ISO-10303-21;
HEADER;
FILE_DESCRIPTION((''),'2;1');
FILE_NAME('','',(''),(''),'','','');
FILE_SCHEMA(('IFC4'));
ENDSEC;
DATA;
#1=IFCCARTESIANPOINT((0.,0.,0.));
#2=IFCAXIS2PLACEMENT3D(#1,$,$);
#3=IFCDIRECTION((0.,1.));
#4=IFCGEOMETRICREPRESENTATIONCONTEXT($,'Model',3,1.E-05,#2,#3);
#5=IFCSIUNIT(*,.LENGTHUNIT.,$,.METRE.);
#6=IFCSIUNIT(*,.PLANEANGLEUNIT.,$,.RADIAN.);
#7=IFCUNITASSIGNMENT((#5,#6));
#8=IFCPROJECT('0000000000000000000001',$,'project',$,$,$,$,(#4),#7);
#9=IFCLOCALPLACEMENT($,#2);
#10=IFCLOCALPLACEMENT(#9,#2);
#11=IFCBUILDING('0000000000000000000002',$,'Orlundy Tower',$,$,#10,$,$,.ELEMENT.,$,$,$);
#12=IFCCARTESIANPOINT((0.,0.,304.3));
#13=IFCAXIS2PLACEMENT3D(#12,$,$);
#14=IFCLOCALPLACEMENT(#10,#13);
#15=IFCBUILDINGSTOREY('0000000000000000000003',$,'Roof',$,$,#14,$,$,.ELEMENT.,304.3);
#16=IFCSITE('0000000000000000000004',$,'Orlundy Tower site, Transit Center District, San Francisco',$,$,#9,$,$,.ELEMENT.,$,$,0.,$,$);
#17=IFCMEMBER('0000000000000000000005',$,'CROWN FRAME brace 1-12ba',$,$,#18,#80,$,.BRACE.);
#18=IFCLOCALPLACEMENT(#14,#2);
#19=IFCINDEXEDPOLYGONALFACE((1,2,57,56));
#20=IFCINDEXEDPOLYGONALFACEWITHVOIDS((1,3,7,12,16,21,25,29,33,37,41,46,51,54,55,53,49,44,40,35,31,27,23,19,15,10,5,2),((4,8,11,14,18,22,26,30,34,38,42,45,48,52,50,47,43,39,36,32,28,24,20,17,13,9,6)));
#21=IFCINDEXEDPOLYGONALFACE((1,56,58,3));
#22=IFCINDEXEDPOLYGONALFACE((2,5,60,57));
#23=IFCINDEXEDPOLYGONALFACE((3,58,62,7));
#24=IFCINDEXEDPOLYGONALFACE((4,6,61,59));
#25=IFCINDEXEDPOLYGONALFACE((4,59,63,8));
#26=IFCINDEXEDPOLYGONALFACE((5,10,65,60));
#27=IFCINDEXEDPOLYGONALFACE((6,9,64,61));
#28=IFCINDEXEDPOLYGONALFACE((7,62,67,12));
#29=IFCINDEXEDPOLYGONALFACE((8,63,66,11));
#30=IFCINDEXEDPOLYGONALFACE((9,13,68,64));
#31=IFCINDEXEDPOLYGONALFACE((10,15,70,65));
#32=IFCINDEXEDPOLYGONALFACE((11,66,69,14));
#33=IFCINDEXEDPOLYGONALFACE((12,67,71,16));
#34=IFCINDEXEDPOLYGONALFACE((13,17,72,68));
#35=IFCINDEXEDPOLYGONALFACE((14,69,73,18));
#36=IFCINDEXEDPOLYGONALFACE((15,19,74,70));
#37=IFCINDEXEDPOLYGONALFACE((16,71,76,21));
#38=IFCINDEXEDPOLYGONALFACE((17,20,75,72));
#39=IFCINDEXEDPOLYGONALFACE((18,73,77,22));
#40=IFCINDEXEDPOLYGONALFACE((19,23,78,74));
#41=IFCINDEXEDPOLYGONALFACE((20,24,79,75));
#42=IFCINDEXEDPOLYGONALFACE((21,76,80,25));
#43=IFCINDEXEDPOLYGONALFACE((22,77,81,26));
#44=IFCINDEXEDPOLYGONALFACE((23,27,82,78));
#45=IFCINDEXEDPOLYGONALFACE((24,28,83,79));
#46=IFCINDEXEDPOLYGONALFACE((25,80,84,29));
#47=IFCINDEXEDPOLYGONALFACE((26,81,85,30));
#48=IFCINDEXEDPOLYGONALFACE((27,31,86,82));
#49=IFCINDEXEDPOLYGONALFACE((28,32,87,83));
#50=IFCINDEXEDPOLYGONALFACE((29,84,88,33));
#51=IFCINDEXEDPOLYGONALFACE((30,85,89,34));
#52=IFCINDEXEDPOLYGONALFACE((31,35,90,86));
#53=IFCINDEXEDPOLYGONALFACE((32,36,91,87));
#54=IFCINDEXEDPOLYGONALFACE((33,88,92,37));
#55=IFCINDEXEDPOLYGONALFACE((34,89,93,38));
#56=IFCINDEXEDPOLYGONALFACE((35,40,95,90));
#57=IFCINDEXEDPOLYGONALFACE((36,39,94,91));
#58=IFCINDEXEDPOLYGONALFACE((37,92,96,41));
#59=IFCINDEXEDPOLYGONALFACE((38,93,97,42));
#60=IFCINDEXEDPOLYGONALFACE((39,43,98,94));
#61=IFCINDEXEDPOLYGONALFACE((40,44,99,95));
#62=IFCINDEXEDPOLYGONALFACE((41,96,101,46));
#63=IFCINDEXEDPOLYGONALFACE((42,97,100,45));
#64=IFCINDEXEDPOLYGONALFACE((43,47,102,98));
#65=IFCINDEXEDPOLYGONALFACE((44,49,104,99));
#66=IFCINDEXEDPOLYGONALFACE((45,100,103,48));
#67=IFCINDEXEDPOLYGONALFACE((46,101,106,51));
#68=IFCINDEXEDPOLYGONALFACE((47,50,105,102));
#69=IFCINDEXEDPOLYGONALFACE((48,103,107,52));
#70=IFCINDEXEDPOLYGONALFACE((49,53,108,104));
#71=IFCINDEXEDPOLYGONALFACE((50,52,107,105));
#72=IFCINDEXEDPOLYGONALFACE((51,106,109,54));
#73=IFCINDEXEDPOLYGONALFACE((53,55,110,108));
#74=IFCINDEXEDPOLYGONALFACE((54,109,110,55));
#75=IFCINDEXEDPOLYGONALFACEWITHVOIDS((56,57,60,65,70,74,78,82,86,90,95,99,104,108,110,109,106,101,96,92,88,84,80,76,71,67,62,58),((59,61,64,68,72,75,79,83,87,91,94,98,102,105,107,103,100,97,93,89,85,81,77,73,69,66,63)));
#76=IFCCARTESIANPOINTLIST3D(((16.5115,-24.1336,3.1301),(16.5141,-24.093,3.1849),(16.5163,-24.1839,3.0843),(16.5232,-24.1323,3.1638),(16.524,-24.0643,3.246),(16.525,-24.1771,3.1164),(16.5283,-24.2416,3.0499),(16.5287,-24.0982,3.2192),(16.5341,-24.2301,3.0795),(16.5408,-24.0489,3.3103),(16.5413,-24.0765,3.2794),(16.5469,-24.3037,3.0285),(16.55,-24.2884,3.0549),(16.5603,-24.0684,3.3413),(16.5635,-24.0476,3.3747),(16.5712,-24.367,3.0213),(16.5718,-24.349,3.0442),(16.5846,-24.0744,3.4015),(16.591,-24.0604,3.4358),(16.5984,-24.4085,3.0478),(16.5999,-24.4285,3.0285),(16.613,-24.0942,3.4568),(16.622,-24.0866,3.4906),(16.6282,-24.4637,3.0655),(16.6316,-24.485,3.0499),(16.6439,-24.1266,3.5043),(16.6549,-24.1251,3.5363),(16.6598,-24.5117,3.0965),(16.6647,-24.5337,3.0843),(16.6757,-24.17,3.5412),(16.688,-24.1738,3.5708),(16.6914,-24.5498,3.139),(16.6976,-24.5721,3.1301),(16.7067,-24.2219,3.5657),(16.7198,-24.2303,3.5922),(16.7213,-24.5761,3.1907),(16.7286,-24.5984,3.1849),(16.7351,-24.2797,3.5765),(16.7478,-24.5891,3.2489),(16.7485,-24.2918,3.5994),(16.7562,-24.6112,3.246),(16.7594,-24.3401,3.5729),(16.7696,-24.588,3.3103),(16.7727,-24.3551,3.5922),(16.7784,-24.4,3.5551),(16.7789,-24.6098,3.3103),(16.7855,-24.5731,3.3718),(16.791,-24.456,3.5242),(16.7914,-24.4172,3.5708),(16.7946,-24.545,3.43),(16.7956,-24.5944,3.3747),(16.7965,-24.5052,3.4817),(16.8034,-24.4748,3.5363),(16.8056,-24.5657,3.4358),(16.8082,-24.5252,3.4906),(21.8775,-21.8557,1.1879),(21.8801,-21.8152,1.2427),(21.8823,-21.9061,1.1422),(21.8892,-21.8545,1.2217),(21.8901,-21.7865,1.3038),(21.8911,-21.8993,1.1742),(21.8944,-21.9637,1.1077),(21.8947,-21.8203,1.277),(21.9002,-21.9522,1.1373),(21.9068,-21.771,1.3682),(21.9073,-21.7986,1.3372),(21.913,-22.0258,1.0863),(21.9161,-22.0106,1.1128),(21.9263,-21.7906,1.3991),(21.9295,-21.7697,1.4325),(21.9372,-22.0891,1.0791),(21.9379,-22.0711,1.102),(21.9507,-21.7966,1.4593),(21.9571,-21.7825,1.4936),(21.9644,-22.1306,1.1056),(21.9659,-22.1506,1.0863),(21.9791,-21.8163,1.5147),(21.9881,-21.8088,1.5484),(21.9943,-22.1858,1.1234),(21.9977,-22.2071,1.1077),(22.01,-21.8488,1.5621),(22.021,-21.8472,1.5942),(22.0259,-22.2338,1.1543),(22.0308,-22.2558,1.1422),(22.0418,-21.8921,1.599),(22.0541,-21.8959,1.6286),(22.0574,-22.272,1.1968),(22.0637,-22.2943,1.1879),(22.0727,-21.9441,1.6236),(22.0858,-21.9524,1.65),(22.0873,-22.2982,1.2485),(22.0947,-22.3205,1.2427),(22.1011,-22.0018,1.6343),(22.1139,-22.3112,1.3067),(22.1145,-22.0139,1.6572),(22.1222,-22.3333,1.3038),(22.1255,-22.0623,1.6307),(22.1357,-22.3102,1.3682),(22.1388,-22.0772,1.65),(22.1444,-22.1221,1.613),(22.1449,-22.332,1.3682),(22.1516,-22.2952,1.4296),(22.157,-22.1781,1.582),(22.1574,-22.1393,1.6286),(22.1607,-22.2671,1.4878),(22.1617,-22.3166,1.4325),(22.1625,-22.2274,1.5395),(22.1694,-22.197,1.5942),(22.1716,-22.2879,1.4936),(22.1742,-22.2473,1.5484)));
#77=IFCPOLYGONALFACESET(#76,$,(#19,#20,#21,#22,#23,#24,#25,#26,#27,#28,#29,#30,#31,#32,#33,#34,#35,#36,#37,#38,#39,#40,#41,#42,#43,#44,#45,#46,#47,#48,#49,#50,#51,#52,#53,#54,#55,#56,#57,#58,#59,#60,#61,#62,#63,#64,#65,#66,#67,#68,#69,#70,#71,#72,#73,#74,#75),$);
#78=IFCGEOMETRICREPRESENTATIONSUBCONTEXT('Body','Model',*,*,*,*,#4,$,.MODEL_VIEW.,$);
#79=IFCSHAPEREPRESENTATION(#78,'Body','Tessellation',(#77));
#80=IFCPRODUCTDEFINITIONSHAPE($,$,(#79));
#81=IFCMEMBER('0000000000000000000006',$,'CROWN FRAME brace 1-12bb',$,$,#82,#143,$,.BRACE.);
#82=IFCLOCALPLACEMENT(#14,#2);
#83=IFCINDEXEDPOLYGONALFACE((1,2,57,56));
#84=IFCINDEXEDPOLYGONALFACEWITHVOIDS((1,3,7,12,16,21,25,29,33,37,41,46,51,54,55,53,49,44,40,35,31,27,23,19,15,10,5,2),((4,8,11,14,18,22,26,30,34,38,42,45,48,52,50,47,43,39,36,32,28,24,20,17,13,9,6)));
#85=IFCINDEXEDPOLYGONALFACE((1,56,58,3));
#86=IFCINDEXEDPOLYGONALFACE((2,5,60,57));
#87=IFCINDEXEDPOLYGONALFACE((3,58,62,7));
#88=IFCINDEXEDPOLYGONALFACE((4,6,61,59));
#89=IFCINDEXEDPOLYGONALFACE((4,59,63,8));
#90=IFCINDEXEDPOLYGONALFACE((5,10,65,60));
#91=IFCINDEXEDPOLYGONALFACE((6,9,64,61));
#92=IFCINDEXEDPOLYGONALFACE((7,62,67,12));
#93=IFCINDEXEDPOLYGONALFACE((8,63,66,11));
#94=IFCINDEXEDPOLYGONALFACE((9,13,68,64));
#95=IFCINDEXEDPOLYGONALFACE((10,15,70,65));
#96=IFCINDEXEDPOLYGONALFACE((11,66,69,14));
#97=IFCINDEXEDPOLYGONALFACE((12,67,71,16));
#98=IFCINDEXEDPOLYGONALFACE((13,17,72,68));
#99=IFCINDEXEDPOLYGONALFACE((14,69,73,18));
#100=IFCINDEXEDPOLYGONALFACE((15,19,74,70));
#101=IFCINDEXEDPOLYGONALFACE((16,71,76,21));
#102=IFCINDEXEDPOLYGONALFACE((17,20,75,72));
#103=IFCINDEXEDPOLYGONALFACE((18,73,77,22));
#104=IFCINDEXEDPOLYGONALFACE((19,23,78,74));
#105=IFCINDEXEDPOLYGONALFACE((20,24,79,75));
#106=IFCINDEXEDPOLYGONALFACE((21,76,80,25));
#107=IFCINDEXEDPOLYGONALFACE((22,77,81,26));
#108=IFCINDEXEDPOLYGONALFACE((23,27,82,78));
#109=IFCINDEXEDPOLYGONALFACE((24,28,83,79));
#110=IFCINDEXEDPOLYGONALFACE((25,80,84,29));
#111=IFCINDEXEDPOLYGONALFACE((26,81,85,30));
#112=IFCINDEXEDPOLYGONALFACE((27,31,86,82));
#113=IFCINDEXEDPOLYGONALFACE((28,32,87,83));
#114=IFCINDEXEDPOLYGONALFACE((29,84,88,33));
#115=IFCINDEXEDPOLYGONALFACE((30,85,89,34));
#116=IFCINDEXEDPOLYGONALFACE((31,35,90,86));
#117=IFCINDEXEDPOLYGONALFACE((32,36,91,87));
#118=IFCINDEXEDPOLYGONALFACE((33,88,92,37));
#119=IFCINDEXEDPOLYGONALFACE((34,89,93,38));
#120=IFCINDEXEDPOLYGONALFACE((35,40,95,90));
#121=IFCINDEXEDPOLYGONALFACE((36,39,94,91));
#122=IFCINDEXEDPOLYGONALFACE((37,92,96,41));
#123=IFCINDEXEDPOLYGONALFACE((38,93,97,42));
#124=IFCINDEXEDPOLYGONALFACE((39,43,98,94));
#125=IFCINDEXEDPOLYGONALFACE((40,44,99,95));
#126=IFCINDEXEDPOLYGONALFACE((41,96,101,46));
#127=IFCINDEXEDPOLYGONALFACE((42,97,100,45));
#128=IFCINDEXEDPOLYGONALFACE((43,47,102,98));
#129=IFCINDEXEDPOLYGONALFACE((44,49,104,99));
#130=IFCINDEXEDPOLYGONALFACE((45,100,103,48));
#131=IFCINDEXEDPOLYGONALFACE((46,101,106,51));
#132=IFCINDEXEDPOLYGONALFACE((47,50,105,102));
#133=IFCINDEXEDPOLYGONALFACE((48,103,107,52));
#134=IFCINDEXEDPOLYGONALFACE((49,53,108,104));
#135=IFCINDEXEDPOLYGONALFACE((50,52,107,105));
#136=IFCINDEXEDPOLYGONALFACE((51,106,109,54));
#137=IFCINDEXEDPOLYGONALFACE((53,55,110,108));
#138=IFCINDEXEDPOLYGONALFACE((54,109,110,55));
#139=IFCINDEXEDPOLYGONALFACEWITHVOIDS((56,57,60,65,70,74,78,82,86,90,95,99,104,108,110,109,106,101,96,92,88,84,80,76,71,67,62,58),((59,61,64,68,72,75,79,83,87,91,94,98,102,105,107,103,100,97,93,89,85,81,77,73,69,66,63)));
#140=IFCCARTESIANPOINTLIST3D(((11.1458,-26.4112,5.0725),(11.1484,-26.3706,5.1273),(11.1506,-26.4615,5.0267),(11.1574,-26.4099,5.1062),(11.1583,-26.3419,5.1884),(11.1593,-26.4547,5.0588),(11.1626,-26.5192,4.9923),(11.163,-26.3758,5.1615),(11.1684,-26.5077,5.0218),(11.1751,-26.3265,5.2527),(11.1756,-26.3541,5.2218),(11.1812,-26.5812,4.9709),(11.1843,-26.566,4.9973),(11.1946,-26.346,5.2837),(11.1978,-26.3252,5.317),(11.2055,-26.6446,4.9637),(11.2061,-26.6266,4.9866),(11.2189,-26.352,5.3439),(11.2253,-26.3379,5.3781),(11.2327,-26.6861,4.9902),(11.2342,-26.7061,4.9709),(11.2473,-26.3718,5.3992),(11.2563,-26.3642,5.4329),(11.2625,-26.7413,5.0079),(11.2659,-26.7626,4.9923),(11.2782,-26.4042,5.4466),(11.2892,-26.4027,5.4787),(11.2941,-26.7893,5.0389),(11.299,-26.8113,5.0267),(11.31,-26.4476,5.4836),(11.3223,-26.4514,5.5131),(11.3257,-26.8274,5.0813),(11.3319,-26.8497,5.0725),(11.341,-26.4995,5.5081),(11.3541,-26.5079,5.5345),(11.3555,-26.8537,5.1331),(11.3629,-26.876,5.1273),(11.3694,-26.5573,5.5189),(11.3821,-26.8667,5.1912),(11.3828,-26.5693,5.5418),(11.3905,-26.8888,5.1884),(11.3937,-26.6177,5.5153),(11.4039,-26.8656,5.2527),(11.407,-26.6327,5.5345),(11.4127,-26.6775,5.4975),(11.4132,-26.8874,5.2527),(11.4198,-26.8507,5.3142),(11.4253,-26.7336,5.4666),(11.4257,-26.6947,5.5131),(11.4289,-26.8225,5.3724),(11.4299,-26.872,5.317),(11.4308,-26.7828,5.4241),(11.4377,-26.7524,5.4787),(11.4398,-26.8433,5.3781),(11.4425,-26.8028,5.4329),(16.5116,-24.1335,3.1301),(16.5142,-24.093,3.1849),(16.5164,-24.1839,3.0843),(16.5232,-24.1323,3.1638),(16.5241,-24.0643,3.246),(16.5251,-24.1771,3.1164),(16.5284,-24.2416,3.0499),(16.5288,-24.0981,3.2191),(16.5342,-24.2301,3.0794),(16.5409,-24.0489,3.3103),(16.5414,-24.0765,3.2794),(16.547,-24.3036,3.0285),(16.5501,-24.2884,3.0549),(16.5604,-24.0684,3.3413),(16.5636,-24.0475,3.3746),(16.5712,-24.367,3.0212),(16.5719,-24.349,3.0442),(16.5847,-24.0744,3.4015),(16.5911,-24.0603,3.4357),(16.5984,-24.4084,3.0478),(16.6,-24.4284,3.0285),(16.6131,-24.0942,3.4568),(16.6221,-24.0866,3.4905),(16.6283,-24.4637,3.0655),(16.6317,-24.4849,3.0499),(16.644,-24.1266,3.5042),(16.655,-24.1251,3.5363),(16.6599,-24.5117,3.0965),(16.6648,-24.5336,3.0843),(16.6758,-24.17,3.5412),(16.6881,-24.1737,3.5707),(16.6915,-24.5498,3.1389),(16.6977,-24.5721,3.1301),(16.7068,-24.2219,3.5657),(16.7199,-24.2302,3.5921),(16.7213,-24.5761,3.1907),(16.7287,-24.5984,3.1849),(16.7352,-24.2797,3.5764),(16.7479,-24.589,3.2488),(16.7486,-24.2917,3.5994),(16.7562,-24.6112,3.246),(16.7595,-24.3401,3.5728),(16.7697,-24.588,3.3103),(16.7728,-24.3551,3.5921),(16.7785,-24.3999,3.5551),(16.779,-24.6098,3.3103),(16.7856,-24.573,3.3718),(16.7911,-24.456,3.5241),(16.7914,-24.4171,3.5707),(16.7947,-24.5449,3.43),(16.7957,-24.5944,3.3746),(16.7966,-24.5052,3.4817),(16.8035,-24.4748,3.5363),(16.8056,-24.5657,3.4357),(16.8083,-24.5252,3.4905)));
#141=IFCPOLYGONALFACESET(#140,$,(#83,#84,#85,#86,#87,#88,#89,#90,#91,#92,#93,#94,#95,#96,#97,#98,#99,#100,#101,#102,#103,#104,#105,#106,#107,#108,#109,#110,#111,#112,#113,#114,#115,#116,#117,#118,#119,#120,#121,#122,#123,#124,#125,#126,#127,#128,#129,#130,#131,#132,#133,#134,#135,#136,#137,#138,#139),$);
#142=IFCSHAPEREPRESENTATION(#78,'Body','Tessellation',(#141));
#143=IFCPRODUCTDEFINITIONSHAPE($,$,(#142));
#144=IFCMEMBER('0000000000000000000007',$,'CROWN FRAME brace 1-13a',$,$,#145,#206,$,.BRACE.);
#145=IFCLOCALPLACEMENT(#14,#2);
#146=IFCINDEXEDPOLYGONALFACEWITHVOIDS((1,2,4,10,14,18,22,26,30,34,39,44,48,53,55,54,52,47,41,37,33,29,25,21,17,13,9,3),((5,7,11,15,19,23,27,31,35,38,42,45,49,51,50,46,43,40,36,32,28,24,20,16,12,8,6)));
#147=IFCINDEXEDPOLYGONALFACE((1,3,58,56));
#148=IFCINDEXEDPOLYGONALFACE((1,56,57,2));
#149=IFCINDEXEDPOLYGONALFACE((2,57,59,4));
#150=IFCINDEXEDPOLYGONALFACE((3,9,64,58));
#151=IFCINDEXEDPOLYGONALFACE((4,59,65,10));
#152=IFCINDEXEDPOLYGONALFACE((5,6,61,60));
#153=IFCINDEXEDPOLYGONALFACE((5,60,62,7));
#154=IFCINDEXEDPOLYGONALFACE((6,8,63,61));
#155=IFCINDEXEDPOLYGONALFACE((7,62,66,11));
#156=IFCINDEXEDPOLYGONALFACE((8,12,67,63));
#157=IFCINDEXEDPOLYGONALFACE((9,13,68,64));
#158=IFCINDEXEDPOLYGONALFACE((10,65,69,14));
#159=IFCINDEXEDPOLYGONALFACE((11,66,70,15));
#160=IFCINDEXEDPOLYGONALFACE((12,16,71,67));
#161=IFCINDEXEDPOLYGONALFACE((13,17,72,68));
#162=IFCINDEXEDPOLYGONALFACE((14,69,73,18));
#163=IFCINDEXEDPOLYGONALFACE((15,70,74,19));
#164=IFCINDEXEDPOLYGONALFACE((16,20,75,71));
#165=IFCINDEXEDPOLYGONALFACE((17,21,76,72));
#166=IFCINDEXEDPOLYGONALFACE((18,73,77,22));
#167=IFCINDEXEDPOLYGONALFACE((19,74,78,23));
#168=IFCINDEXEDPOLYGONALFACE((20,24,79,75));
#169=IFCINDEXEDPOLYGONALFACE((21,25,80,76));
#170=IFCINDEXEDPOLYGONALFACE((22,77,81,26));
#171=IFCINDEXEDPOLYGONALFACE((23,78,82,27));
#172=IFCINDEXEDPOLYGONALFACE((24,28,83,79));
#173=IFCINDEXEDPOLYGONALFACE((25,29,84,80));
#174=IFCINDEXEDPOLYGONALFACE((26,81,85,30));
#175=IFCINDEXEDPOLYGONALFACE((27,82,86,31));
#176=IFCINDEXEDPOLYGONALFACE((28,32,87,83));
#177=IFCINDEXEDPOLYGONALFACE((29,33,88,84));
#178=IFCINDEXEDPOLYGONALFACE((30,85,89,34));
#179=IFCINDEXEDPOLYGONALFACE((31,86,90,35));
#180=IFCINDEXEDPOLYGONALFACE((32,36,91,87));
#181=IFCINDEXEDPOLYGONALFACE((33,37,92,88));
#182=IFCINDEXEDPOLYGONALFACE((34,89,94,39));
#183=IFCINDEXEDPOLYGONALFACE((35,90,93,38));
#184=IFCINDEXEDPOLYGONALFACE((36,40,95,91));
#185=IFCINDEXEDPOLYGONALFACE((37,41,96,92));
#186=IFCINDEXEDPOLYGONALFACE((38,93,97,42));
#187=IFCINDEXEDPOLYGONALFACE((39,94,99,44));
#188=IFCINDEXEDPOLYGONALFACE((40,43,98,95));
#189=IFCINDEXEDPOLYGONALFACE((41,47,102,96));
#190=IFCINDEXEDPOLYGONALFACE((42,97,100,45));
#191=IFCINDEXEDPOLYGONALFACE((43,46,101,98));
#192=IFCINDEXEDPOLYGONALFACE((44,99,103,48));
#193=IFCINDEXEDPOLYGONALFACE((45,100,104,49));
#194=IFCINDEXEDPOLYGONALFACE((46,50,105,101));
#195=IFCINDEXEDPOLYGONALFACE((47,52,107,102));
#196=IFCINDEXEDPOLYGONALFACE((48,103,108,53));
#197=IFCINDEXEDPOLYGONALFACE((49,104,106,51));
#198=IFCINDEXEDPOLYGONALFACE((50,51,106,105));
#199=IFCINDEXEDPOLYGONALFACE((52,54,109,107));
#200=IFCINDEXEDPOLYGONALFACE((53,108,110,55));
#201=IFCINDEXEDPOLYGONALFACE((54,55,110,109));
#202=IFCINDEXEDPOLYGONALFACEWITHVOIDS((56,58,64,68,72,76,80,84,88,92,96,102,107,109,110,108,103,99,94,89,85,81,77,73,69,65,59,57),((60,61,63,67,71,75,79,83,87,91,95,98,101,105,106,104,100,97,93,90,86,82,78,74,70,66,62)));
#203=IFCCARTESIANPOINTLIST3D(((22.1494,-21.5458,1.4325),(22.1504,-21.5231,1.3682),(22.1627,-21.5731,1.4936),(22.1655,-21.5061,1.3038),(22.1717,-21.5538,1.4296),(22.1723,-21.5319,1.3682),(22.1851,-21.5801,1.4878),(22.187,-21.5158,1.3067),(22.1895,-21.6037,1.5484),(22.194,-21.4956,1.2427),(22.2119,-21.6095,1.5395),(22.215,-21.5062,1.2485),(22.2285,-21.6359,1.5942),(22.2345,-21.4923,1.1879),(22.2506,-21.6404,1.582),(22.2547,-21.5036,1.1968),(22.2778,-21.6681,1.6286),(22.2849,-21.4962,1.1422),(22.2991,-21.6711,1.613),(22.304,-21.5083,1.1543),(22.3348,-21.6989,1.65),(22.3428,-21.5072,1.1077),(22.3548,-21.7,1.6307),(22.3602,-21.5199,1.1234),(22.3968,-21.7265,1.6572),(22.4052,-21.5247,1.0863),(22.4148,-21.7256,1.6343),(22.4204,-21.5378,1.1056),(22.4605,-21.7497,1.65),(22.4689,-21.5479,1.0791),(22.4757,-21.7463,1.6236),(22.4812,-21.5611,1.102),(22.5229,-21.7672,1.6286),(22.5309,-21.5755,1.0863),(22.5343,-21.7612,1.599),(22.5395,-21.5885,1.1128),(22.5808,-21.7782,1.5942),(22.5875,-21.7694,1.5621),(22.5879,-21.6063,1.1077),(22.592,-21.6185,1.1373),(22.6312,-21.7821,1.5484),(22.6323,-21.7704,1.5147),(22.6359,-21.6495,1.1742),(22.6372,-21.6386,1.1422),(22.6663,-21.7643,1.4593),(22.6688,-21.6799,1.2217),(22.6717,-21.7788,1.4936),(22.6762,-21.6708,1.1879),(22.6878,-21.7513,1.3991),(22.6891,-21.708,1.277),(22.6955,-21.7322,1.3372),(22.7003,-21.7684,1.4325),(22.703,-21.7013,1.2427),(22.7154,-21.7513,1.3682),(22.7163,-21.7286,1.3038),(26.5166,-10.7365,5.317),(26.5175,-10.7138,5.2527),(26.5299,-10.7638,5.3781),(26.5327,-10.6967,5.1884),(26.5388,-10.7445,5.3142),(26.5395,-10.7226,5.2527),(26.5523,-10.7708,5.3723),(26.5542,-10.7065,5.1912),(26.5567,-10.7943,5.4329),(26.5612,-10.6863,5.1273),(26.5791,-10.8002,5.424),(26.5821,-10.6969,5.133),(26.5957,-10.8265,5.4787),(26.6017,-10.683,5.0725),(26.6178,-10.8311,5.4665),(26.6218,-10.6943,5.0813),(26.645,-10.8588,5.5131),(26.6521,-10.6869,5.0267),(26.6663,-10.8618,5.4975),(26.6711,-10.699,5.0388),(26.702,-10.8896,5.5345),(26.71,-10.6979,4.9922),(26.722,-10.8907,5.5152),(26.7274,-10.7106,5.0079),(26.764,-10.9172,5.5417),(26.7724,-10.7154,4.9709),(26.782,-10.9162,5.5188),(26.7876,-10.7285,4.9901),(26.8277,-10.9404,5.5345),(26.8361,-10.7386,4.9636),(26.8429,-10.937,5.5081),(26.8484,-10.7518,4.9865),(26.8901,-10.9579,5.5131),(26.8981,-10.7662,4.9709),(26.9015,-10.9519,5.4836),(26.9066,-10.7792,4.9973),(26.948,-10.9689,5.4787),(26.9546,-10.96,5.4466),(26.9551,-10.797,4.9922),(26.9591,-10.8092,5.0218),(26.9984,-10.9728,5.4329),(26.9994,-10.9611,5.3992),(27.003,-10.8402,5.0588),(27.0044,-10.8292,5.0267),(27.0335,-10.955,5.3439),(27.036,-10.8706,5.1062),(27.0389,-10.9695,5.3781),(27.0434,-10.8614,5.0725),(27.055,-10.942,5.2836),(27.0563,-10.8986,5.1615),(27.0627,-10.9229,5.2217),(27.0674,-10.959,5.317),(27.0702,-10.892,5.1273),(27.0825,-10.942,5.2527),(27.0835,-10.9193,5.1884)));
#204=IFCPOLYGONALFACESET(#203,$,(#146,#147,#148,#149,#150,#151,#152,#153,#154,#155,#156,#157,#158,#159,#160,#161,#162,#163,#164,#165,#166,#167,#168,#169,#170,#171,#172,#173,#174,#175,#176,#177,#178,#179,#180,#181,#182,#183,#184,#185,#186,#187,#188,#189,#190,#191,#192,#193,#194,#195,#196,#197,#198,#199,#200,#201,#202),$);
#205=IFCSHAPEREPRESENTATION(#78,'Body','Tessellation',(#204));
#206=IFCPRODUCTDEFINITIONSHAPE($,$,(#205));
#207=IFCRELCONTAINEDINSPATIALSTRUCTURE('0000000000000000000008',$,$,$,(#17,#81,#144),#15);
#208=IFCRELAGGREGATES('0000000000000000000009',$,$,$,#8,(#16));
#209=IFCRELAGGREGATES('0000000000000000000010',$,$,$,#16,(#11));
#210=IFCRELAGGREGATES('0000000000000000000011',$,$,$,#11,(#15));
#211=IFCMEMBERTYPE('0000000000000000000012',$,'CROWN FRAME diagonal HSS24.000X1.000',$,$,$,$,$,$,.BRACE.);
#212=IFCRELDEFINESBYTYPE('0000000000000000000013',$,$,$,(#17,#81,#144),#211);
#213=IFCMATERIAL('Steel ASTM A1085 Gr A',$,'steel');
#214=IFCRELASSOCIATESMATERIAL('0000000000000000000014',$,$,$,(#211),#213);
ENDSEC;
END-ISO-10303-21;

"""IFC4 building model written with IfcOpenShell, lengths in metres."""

from ifc_helpers import new_model, si_unit, direction, frame, origin, origin_2d, place, context, subcontext, project, spatial, hollow_circle, extrude, material, material_profile, profile_set, type_object, element, save


model = new_model("IFC4")

# Units and contexts
model_context = context("Model", 3, precision=1e-05, world=origin(), true_north=direction((0.0, 1.0)))
body_context = subcontext(model_context, "Body", "Model", "MODEL_VIEW")
ifc_project = project(units=[si_unit("LENGTHUNIT", "METRE"), si_unit("PLANEANGLEUNIT", "RADIAN")], contexts=[model_context])

# Site, building, storey
site_placement = place(None, origin())
site = spatial("IfcSite", under=ifc_project, at=site_placement, Name="Orlundy Tower site, Transit Center District, San Francisco", CompositionType="ELEMENT", RefElevation=0.0)
building_placement = place(site_placement, origin())
building = spatial("IfcBuilding", under=site, at=building_placement, Name="Orlundy Tower", CompositionType="ELEMENT")
storey_placement = place(building_placement, frame((0.0, 0.0, 304.3)))
storey = spatial("IfcBuildingStorey", under=building, at=storey_placement, Name="Roof", CompositionType="ELEMENT", Elevation=304.3)

# Members
ifc_material_1 = material(Name="Steel ASTM A1085 Gr A", Category="steel")
ifc_material_profile_1 = material_profile(ifc_material_1, hollow_circle(Radius=0.3047, WallThickness=0.0237, at=origin_2d()), Name="HSS24.000X1.000")
ifc_profile_set_1 = profile_set([ifc_material_profile_1], Name="Steel ASTM A1085 Gr A")
member_type_1 = type_object("IfcMemberType", Name="CROWN FRAME diagonal HSS24.000X1.000", PredefinedType="BRACE", material=ifc_profile_set_1)
member_1_placement = place(storey_placement, frame((22.0259, -22.0515, 1.3682), z_axis=(-0.873306, -0.370715, 0.316081), x_axis=(0.390748, -0.920498, 0.0)))
element("IfcMember", 1, at=member_1_placement, inside=storey, type_object=member_type_1, Name="CROWN FRAME brace 1-12ba", PredefinedType="BRACE", context=body_context, shape_type="SweptSolid", body=[
    extrude(hollow_circle(Radius=0.3047, WallThickness=0.0237, at=origin_2d()), origin(), (0.0, 0.0, 1.0), 6.1445),
])
member_2_placement = place(storey_placement, frame((16.6599, -24.3293, 3.3103), z_axis=(-0.873298, -0.370689, 0.316133), x_axis=(0.390727, -0.920506, 0.0)))
element("IfcMember", 2, at=member_2_placement, inside=storey, type_object=member_type_1, Name="CROWN FRAME brace 1-12bb", PredefinedType="BRACE", context=body_context, shape_type="SweptSolid", body=[
    extrude(hollow_circle(Radius=0.3047, WallThickness=0.0237, at=origin_2d()), origin(), (0.0, 0.0, 1.0), 6.1443),
])
member_3_placement = place(storey_placement, frame((22.4329, -21.6372, 1.3682), z_axis=(0.355393, 0.879641, 0.316114), x_axis=(-0.927186, 0.374602, 0.0)))
element("IfcMember", 3, at=member_3_placement, inside=storey, type_object=member_type_1, Name="CROWN FRAME brace 1-13a", PredefinedType="BRACE", context=body_context, shape_type="SweptSolid", body=[
    extrude(hollow_circle(Radius=0.3047, WallThickness=0.0237, at=origin_2d()), origin(), (0.0, 0.0, 1.0), 12.2883),
])

save(model, "model.ifc")
